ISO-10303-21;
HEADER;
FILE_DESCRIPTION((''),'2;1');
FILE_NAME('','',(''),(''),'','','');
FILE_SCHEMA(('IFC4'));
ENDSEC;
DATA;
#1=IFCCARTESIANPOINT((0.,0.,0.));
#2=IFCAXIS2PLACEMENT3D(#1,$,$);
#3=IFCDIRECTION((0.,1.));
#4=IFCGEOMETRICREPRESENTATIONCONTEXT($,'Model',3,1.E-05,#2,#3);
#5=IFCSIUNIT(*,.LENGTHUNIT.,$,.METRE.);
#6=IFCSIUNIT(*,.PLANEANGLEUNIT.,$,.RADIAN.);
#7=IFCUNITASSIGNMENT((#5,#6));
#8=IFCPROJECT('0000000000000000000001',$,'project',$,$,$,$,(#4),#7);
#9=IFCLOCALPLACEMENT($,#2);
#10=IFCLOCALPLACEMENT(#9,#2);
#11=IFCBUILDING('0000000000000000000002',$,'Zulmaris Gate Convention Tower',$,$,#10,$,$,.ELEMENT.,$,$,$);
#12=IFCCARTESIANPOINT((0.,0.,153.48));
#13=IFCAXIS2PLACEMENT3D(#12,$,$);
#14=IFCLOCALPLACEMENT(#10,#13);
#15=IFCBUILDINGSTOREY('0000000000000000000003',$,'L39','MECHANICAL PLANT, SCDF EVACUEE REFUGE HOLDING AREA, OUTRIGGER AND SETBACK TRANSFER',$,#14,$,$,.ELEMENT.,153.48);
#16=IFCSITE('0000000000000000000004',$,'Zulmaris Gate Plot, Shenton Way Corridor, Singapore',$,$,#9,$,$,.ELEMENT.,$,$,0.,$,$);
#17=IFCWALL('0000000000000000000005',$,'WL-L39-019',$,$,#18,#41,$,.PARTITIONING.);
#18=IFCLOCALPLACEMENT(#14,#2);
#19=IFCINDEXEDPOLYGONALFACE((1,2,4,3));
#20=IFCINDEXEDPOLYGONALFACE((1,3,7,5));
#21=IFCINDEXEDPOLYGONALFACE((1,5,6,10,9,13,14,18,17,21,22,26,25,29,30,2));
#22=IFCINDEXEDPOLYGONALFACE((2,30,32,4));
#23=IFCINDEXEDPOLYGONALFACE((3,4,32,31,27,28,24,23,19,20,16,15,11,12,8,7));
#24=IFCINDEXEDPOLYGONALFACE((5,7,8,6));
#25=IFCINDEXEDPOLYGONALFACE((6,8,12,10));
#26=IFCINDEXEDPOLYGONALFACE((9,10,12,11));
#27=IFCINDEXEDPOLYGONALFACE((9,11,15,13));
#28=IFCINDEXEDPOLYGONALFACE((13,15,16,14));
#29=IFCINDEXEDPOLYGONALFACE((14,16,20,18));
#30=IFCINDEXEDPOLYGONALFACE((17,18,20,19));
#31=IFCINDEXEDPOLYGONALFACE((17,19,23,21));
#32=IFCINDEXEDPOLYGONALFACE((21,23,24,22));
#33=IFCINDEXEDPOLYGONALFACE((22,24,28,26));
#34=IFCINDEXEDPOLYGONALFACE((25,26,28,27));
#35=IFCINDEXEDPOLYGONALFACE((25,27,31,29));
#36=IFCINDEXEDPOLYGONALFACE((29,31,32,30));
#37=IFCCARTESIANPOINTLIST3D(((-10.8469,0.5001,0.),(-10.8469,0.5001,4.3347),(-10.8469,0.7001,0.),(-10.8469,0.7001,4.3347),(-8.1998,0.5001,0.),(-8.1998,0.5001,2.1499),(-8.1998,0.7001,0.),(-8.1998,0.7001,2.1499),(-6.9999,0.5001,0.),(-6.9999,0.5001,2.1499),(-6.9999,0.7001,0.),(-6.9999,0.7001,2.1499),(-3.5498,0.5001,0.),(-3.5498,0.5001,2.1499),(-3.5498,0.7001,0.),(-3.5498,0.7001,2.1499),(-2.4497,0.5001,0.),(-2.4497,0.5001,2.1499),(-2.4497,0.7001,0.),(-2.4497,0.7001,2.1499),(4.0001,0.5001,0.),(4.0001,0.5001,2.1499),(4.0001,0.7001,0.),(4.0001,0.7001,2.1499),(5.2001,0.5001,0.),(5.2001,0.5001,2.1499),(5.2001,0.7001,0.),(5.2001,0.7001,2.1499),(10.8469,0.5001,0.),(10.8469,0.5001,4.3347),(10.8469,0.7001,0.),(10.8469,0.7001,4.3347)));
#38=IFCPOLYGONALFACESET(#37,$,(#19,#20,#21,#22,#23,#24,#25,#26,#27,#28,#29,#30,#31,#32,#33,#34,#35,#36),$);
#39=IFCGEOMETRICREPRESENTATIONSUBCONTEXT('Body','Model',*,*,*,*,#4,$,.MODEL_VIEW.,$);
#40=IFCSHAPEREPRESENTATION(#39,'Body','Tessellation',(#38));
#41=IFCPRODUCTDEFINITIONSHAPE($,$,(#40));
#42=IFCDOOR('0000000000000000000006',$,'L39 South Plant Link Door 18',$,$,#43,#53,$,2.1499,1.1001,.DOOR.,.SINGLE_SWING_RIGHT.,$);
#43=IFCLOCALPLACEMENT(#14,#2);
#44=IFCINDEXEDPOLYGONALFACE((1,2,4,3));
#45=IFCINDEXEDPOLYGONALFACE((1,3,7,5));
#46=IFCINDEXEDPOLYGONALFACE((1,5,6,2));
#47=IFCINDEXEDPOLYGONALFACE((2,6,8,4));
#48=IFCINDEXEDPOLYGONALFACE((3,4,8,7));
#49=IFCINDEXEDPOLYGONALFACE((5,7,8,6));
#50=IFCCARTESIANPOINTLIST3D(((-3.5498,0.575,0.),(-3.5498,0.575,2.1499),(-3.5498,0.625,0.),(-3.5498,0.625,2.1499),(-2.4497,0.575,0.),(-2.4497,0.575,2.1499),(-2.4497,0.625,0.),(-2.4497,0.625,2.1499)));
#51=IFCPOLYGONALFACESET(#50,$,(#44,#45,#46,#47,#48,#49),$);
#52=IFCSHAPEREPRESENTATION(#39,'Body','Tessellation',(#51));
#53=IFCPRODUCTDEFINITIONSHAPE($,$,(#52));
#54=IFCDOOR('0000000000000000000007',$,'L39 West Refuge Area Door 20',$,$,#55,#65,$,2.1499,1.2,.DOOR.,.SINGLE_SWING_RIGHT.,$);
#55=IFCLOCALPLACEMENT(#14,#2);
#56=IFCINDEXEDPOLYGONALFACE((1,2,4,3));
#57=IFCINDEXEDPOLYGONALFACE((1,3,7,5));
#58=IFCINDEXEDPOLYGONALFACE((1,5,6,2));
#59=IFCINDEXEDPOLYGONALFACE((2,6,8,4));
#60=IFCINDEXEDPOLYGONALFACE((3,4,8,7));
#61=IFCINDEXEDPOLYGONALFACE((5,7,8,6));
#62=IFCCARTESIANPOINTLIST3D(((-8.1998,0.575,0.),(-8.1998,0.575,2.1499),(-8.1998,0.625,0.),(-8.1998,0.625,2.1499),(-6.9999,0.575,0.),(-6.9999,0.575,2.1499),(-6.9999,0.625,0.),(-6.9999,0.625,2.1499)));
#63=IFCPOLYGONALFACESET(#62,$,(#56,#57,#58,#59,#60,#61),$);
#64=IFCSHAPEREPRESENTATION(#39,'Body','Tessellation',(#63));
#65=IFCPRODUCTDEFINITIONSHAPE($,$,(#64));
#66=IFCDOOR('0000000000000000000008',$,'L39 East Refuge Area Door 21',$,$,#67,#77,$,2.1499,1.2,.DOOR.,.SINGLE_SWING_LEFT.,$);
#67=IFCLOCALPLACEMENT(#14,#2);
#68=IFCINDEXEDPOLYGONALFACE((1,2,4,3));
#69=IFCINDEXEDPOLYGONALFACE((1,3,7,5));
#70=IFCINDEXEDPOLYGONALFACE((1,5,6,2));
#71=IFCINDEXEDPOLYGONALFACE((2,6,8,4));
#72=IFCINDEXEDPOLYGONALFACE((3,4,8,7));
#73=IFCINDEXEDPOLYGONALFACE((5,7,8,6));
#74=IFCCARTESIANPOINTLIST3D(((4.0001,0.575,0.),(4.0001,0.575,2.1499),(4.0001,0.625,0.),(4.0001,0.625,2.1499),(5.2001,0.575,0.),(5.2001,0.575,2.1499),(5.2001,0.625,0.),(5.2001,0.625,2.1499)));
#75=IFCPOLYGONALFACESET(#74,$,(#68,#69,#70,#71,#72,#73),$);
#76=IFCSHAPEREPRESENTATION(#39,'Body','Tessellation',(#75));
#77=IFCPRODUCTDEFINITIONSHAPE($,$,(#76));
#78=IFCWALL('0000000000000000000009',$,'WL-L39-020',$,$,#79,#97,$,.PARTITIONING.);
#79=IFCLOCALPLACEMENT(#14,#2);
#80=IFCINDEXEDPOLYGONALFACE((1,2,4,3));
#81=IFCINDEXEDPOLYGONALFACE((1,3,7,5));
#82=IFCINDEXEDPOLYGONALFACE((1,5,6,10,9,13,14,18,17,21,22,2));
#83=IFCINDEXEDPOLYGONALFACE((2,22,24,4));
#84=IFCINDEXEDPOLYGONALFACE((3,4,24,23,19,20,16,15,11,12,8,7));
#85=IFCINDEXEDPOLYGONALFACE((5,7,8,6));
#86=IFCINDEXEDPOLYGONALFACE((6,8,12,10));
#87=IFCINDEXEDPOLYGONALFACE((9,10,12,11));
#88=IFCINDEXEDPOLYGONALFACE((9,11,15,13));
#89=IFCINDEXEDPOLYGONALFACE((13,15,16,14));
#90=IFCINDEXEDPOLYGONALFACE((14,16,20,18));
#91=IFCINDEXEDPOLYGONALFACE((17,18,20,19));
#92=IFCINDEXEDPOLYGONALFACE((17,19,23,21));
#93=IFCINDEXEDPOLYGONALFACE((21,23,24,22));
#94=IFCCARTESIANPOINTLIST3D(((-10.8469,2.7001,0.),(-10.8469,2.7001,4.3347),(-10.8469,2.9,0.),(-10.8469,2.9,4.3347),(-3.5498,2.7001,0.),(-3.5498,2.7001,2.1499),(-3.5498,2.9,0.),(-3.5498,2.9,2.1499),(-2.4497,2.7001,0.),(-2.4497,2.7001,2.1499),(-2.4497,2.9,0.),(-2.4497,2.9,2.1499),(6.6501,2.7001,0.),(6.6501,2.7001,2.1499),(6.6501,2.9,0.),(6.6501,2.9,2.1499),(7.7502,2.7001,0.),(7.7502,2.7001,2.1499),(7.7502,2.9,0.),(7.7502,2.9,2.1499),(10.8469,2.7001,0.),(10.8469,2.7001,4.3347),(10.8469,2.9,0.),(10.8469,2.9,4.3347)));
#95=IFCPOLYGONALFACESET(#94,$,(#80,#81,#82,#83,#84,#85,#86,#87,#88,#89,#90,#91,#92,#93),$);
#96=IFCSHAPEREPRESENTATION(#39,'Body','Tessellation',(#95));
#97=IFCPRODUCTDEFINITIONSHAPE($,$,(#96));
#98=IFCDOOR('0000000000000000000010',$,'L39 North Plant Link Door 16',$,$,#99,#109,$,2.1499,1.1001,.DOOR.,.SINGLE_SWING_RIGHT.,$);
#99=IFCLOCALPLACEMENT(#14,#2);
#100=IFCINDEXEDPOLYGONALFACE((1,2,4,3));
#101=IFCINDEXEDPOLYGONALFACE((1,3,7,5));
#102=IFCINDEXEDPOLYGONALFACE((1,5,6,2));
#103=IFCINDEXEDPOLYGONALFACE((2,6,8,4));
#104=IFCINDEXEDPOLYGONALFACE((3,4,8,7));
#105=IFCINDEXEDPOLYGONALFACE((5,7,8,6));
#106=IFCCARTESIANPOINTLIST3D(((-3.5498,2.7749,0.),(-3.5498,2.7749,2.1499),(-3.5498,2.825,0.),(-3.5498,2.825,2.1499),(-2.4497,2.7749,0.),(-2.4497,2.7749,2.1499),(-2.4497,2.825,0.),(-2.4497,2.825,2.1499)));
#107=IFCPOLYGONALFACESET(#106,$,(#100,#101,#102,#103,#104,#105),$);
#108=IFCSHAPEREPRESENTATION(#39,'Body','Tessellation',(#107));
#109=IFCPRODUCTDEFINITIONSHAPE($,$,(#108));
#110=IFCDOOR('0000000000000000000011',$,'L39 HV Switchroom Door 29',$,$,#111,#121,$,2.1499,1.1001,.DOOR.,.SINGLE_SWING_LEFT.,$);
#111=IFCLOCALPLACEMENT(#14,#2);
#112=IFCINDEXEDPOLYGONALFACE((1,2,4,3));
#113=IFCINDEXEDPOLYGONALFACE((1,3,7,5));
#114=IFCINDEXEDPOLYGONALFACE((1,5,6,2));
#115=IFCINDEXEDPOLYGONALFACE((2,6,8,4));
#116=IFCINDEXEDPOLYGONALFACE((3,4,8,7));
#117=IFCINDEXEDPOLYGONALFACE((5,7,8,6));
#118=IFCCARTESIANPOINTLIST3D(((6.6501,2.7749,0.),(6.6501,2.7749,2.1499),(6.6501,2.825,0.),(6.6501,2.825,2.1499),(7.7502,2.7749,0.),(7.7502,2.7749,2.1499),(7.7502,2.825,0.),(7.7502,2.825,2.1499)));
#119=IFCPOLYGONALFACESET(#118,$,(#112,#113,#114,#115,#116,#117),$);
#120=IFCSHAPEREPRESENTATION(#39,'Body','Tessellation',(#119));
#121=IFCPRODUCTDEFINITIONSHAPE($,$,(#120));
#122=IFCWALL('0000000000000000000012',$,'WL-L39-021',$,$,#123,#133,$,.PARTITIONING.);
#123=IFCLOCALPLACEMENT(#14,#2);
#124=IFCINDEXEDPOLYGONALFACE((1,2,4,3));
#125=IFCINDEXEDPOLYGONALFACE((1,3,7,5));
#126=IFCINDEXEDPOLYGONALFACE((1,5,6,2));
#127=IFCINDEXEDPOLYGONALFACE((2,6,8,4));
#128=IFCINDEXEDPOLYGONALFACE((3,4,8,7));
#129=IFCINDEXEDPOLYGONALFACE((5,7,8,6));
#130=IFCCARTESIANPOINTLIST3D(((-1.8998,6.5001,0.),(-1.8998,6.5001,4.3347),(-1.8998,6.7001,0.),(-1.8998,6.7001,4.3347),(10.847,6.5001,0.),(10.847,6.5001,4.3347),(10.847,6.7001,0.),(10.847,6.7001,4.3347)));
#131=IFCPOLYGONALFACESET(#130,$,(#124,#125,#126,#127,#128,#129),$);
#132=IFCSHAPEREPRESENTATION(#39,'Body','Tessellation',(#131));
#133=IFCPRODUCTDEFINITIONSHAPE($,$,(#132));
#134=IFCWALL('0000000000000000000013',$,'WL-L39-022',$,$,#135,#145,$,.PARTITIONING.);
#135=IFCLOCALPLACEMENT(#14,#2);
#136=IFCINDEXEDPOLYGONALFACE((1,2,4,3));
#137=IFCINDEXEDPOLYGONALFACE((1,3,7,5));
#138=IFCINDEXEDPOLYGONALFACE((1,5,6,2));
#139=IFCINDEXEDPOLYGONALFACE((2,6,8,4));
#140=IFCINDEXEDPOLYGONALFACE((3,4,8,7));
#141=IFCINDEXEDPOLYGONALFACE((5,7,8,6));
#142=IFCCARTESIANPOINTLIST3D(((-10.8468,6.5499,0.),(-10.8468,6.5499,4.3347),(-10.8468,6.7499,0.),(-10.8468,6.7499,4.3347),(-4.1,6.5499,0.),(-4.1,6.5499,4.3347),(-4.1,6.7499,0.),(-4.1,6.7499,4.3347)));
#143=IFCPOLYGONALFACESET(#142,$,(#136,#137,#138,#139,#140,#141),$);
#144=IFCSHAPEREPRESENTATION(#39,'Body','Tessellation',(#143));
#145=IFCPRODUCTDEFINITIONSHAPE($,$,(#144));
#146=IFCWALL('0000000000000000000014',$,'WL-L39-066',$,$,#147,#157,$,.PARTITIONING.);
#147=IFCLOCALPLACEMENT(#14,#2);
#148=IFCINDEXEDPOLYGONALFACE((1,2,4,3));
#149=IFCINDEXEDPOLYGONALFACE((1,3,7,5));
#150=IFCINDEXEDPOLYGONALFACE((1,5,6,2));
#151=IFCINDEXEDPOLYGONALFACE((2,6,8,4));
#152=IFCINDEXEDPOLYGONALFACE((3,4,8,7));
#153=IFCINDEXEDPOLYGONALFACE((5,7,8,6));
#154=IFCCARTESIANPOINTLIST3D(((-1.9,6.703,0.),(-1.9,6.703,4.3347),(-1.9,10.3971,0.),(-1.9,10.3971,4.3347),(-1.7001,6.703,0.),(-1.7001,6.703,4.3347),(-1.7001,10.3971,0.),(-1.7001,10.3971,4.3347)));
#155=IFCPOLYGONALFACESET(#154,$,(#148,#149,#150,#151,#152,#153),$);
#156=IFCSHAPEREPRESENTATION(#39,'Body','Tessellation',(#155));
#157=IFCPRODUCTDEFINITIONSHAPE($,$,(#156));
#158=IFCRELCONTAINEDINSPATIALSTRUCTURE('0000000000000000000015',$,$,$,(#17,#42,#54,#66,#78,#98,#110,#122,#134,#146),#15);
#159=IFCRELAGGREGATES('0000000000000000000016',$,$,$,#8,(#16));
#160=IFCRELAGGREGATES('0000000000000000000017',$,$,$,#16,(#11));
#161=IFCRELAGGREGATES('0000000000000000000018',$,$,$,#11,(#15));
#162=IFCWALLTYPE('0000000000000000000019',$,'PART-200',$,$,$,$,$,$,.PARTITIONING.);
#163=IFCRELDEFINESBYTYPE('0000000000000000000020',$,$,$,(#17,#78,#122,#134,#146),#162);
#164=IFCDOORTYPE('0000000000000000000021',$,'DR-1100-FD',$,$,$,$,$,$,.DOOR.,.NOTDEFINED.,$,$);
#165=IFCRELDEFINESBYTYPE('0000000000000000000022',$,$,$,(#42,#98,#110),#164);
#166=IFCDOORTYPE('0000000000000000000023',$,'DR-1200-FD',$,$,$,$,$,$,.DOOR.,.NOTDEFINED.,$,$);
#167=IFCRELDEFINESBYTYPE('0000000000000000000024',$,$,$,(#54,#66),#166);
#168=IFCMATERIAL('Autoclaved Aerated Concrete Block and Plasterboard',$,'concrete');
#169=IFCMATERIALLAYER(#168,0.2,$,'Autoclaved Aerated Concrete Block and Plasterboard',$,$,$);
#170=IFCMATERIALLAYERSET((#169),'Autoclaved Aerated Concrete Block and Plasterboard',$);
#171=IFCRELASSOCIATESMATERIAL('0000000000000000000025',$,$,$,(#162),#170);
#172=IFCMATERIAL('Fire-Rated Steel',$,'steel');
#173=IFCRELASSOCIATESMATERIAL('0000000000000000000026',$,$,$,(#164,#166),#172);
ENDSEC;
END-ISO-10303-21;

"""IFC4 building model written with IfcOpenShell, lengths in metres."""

from ifc_helpers import new_model, si_unit, direction, frame, frame_2d, origin, place, context, subcontext, project, spatial, rectangle, extrude, material, layer, layer_set, type_object, element, fill, save


model = new_model("IFC4")

# Units and contexts
model_context = context("Model", 3, precision=1e-05, world=origin(), true_north=direction((0.0, 1.0)))
body_context = subcontext(model_context, "Body", "Model", "MODEL_VIEW")
ifc_project = project(units=[si_unit("LENGTHUNIT", "METRE"), si_unit("PLANEANGLEUNIT", "RADIAN")], contexts=[model_context])

# Site, building, storey
site_placement = place(None, origin())
site = spatial("IfcSite", under=ifc_project, at=site_placement, Name="Zulmaris Gate Plot, Shenton Way Corridor, Singapore", CompositionType="ELEMENT", RefElevation=0.0)
building_placement = place(site_placement, origin())
building = spatial("IfcBuilding", under=site, at=building_placement, Name="Zulmaris Gate Convention Tower", CompositionType="ELEMENT")
storey_placement = place(building_placement, frame((0.0, 0.0, 153.48)))
storey = spatial("IfcBuildingStorey", under=building, at=storey_placement, Name="L39", Description="MECHANICAL PLANT, SCDF EVACUEE REFUGE HOLDING AREA, OUTRIGGER AND SETBACK TRANSFER", CompositionType="ELEMENT", Elevation=153.48)

# Walls, openings, doors
ifc_material_1 = material(Name="Autoclaved Aerated Concrete Block and Plasterboard", Category="concrete")
ifc_layer_1 = layer(ifc_material_1, 0.2, Name="Autoclaved Aerated Concrete Block and Plasterboard")
ifc_layer_set_1 = layer_set([ifc_layer_1], Name="Autoclaved Aerated Concrete Block and Plasterboard")
wall_type = type_object("IfcWallType", Name="PART-200", PredefinedType="PARTITIONING", material=ifc_layer_set_1)
wall_1_placement = place(storey_placement, frame((-10.8469, 0.6001, 0.0), z_axis=(0.0, 0.0, 1.0), x_axis=(1.0, 0.0, 0.0)))
wall_1 = element("IfcWall", 1, at=wall_1_placement, inside=storey, type_object=wall_type, Name="WL-L39-019", PredefinedType="PARTITIONING", context=body_context, shape_type="SweptSolid", body=[
    extrude(rectangle(XDim=21.6938, YDim=0.2, at=frame_2d((10.8469, 0.0))), origin(), (0.0, 0.0, 1.0), 4.3347),
])
opening_1_placement = place(wall_1_placement, frame((7.2971, 0.0, 0.0)))
opening_1 = element("IfcOpeningElement", 2, at=opening_1_placement, cuts=wall_1, PredefinedType="OPENING", context=body_context, shape_type="SweptSolid", body=[
    extrude(rectangle(XDim=1.1001, YDim=2.1499, at=frame_2d((0.55, 1.075))), frame((0.0, 0.1099, 0.0), z_axis=(0.0, -1.0, 0.0), x_axis=(1.0, 0.0, 0.0)), (0.0, 0.0, 1.0), 0.22),
])
opening_2_placement = place(wall_1_placement, frame((2.647, 0.0, 0.0)))
opening_2 = element("IfcOpeningElement", 3, at=opening_2_placement, cuts=wall_1, PredefinedType="OPENING", context=body_context, shape_type="SweptSolid", body=[
    extrude(rectangle(XDim=1.2, YDim=2.1499, at=frame_2d((0.6001, 1.075))), frame((0.0, 0.1099, 0.0), z_axis=(0.0, -1.0, 0.0), x_axis=(1.0, 0.0, 0.0)), (0.0, 0.0, 1.0), 0.22),
])
opening_3_placement = place(wall_1_placement, frame((14.8469, 0.0, 0.0)))
opening_3 = element("IfcOpeningElement", 4, at=opening_3_placement, cuts=wall_1, PredefinedType="OPENING", context=body_context, shape_type="SweptSolid", body=[
    extrude(rectangle(XDim=1.2, YDim=2.1499, at=frame_2d((0.6001, 1.075))), frame((0.0, 0.1099, 0.0), z_axis=(0.0, -1.0, 0.0), x_axis=(1.0, 0.0, 0.0)), (0.0, 0.0, 1.0), 0.22),
])
ifc_material_2 = material(Name="Fire-Rated Steel", Category="steel")
door_type_1 = type_object("IfcDoorType", Name="DR-1100-FD", OperationType="NOTDEFINED", PredefinedType="DOOR", material=ifc_material_2)
door_1_placement = place(opening_1_placement, origin())
door_1 = element("IfcDoor", 5, at=door_1_placement, inside=storey, type_object=door_type_1, Name="L39 South Plant Link Door 18", OperationType="SINGLE_SWING_RIGHT", OverallHeight=2.1499, OverallWidth=1.1001, PredefinedType="DOOR", context=body_context, shape_type="SweptSolid", body=[
    extrude(rectangle(XDim=1.1001, YDim=2.1499, at=frame_2d((0.55, 1.075))), frame((0.0, 0.0249, 0.0), z_axis=(0.0, -1.0, 0.0), x_axis=(1.0, 0.0, 0.0)), (0.0, 0.0, 1.0), 0.05),
])
fill(opening_1, door_1)
door_type_2 = type_object("IfcDoorType", Name="DR-1200-FD", OperationType="NOTDEFINED", PredefinedType="DOOR", material=ifc_material_2)
door_2_placement = place(opening_2_placement, origin())
door_2 = element("IfcDoor", 6, at=door_2_placement, inside=storey, type_object=door_type_2, Name="L39 West Refuge Area Door 20", OperationType="SINGLE_SWING_RIGHT", OverallHeight=2.1499, OverallWidth=1.2, PredefinedType="DOOR", context=body_context, shape_type="SweptSolid", body=[
    extrude(rectangle(XDim=1.2, YDim=2.1499, at=frame_2d((0.6001, 1.075))), frame((0.0, 0.0249, 0.0), z_axis=(0.0, -1.0, 0.0), x_axis=(1.0, 0.0, 0.0)), (0.0, 0.0, 1.0), 0.05),
])
fill(opening_2, door_2)
door_3_placement = place(opening_3_placement, origin())
door_3 = element("IfcDoor", 7, at=door_3_placement, inside=storey, type_object=door_type_2, Name="L39 East Refuge Area Door 21", OperationType="SINGLE_SWING_LEFT", OverallHeight=2.1499, OverallWidth=1.2, PredefinedType="DOOR", context=body_context, shape_type="SweptSolid", body=[
    extrude(rectangle(XDim=1.2, YDim=2.1499, at=frame_2d((0.6001, 1.075))), frame((0.0, 0.0249, 0.0), z_axis=(0.0, -1.0, 0.0), x_axis=(1.0, 0.0, 0.0)), (0.0, 0.0, 1.0), 0.05),
])
fill(opening_3, door_3)
wall_2_placement = place(storey_placement, frame((-10.8469, 2.8, 0.0), z_axis=(0.0, 0.0, 1.0), x_axis=(1.0, 0.0, 0.0)))
wall_2 = element("IfcWall", 8, at=wall_2_placement, inside=storey, type_object=wall_type, Name="WL-L39-020", PredefinedType="PARTITIONING", context=body_context, shape_type="SweptSolid", body=[
    extrude(rectangle(XDim=21.6938, YDim=0.2, at=frame_2d((10.8469, 0.0))), origin(), (0.0, 0.0, 1.0), 4.3347),
])
opening_4_placement = place(wall_2_placement, frame((7.2971, 0.0, 0.0)))
opening_4 = element("IfcOpeningElement", 9, at=opening_4_placement, cuts=wall_2, PredefinedType="OPENING", context=body_context, shape_type="SweptSolid", body=[
    extrude(rectangle(XDim=1.1001, YDim=2.1499, at=frame_2d((0.55, 1.075))), frame((0.0, 0.1099, 0.0), z_axis=(0.0, -1.0, 0.0), x_axis=(1.0, 0.0, 0.0)), (0.0, 0.0, 1.0), 0.22),
])
opening_5_placement = place(wall_2_placement, frame((17.4971, 0.0, 0.0)))
opening_5 = element("IfcOpeningElement", 10, at=opening_5_placement, cuts=wall_2, PredefinedType="OPENING", context=body_context, shape_type="SweptSolid", body=[
    extrude(rectangle(XDim=1.1001, YDim=2.1499, at=frame_2d((0.55, 1.075))), frame((0.0, 0.1099, 0.0), z_axis=(0.0, -1.0, 0.0), x_axis=(1.0, 0.0, 0.0)), (0.0, 0.0, 1.0), 0.22),
])
door_4_placement = place(opening_4_placement, origin())
door_4 = element("IfcDoor", 11, at=door_4_placement, inside=storey, type_object=door_type_1, Name="L39 North Plant Link Door 16", OperationType="SINGLE_SWING_RIGHT", OverallHeight=2.1499, OverallWidth=1.1001, PredefinedType="DOOR", context=body_context, shape_type="SweptSolid", body=[
    extrude(rectangle(XDim=1.1001, YDim=2.1499, at=frame_2d((0.55, 1.075))), frame((0.0, 0.0249, 0.0), z_axis=(0.0, -1.0, 0.0), x_axis=(1.0, 0.0, 0.0)), (0.0, 0.0, 1.0), 0.05),
])
fill(opening_4, door_4)
door_5_placement = place(opening_5_placement, origin())
door_5 = element("IfcDoor", 12, at=door_5_placement, inside=storey, type_object=door_type_1, Name="L39 HV Switchroom Door 29", OperationType="SINGLE_SWING_LEFT", OverallHeight=2.1499, OverallWidth=1.1001, PredefinedType="DOOR", context=body_context, shape_type="SweptSolid", body=[
    extrude(rectangle(XDim=1.1001, YDim=2.1499, at=frame_2d((0.55, 1.075))), frame((0.0, 0.0249, 0.0), z_axis=(0.0, -1.0, 0.0), x_axis=(1.0, 0.0, 0.0)), (0.0, 0.0, 1.0), 0.05),
])
fill(opening_5, door_5)

# Walls
wall_3_placement = place(storey_placement, frame((-1.8999, 6.6001, 0.0), z_axis=(0.0, 0.0, 1.0), x_axis=(1.0, 0.0, 0.0)))
element("IfcWall", 13, at=wall_3_placement, inside=storey, type_object=wall_type, Name="WL-L39-021", PredefinedType="PARTITIONING", context=body_context, shape_type="SweptSolid", body=[
    extrude(rectangle(XDim=12.7468, YDim=0.2, at=frame_2d((6.3735, 0.0))), origin(), (0.0, 0.0, 1.0), 4.3347),
])
wall_4_placement = place(storey_placement, frame((-10.8469, 6.6499, 0.0), z_axis=(0.0, 0.0, 1.0), x_axis=(1.0, 0.0, 0.0)))
element("IfcWall", 14, at=wall_4_placement, inside=storey, type_object=wall_type, Name="WL-L39-022", PredefinedType="PARTITIONING", context=body_context, shape_type="SweptSolid", body=[
    extrude(rectangle(XDim=6.7468, YDim=0.2, at=frame_2d((3.3735, 0.0))), origin(), (0.0, 0.0, 1.0), 4.3347),
])

# Wall
wall_5_placement = place(storey_placement, frame((-1.8, 6.7029, 0.0), z_axis=(0.0, 0.0, 1.0), x_axis=(0.0, 1.0, 0.0)))
element("IfcWall", 15, at=wall_5_placement, inside=storey, type_object=wall_type, Name="WL-L39-066", PredefinedType="PARTITIONING", context=body_context, shape_type="SweptSolid", body=[
    extrude(rectangle(XDim=3.6941, YDim=0.2, at=frame_2d((1.8472, 0.0))), origin(), (0.0, 0.0, 1.0), 4.3347),
])

save(model, "model.ifc")
